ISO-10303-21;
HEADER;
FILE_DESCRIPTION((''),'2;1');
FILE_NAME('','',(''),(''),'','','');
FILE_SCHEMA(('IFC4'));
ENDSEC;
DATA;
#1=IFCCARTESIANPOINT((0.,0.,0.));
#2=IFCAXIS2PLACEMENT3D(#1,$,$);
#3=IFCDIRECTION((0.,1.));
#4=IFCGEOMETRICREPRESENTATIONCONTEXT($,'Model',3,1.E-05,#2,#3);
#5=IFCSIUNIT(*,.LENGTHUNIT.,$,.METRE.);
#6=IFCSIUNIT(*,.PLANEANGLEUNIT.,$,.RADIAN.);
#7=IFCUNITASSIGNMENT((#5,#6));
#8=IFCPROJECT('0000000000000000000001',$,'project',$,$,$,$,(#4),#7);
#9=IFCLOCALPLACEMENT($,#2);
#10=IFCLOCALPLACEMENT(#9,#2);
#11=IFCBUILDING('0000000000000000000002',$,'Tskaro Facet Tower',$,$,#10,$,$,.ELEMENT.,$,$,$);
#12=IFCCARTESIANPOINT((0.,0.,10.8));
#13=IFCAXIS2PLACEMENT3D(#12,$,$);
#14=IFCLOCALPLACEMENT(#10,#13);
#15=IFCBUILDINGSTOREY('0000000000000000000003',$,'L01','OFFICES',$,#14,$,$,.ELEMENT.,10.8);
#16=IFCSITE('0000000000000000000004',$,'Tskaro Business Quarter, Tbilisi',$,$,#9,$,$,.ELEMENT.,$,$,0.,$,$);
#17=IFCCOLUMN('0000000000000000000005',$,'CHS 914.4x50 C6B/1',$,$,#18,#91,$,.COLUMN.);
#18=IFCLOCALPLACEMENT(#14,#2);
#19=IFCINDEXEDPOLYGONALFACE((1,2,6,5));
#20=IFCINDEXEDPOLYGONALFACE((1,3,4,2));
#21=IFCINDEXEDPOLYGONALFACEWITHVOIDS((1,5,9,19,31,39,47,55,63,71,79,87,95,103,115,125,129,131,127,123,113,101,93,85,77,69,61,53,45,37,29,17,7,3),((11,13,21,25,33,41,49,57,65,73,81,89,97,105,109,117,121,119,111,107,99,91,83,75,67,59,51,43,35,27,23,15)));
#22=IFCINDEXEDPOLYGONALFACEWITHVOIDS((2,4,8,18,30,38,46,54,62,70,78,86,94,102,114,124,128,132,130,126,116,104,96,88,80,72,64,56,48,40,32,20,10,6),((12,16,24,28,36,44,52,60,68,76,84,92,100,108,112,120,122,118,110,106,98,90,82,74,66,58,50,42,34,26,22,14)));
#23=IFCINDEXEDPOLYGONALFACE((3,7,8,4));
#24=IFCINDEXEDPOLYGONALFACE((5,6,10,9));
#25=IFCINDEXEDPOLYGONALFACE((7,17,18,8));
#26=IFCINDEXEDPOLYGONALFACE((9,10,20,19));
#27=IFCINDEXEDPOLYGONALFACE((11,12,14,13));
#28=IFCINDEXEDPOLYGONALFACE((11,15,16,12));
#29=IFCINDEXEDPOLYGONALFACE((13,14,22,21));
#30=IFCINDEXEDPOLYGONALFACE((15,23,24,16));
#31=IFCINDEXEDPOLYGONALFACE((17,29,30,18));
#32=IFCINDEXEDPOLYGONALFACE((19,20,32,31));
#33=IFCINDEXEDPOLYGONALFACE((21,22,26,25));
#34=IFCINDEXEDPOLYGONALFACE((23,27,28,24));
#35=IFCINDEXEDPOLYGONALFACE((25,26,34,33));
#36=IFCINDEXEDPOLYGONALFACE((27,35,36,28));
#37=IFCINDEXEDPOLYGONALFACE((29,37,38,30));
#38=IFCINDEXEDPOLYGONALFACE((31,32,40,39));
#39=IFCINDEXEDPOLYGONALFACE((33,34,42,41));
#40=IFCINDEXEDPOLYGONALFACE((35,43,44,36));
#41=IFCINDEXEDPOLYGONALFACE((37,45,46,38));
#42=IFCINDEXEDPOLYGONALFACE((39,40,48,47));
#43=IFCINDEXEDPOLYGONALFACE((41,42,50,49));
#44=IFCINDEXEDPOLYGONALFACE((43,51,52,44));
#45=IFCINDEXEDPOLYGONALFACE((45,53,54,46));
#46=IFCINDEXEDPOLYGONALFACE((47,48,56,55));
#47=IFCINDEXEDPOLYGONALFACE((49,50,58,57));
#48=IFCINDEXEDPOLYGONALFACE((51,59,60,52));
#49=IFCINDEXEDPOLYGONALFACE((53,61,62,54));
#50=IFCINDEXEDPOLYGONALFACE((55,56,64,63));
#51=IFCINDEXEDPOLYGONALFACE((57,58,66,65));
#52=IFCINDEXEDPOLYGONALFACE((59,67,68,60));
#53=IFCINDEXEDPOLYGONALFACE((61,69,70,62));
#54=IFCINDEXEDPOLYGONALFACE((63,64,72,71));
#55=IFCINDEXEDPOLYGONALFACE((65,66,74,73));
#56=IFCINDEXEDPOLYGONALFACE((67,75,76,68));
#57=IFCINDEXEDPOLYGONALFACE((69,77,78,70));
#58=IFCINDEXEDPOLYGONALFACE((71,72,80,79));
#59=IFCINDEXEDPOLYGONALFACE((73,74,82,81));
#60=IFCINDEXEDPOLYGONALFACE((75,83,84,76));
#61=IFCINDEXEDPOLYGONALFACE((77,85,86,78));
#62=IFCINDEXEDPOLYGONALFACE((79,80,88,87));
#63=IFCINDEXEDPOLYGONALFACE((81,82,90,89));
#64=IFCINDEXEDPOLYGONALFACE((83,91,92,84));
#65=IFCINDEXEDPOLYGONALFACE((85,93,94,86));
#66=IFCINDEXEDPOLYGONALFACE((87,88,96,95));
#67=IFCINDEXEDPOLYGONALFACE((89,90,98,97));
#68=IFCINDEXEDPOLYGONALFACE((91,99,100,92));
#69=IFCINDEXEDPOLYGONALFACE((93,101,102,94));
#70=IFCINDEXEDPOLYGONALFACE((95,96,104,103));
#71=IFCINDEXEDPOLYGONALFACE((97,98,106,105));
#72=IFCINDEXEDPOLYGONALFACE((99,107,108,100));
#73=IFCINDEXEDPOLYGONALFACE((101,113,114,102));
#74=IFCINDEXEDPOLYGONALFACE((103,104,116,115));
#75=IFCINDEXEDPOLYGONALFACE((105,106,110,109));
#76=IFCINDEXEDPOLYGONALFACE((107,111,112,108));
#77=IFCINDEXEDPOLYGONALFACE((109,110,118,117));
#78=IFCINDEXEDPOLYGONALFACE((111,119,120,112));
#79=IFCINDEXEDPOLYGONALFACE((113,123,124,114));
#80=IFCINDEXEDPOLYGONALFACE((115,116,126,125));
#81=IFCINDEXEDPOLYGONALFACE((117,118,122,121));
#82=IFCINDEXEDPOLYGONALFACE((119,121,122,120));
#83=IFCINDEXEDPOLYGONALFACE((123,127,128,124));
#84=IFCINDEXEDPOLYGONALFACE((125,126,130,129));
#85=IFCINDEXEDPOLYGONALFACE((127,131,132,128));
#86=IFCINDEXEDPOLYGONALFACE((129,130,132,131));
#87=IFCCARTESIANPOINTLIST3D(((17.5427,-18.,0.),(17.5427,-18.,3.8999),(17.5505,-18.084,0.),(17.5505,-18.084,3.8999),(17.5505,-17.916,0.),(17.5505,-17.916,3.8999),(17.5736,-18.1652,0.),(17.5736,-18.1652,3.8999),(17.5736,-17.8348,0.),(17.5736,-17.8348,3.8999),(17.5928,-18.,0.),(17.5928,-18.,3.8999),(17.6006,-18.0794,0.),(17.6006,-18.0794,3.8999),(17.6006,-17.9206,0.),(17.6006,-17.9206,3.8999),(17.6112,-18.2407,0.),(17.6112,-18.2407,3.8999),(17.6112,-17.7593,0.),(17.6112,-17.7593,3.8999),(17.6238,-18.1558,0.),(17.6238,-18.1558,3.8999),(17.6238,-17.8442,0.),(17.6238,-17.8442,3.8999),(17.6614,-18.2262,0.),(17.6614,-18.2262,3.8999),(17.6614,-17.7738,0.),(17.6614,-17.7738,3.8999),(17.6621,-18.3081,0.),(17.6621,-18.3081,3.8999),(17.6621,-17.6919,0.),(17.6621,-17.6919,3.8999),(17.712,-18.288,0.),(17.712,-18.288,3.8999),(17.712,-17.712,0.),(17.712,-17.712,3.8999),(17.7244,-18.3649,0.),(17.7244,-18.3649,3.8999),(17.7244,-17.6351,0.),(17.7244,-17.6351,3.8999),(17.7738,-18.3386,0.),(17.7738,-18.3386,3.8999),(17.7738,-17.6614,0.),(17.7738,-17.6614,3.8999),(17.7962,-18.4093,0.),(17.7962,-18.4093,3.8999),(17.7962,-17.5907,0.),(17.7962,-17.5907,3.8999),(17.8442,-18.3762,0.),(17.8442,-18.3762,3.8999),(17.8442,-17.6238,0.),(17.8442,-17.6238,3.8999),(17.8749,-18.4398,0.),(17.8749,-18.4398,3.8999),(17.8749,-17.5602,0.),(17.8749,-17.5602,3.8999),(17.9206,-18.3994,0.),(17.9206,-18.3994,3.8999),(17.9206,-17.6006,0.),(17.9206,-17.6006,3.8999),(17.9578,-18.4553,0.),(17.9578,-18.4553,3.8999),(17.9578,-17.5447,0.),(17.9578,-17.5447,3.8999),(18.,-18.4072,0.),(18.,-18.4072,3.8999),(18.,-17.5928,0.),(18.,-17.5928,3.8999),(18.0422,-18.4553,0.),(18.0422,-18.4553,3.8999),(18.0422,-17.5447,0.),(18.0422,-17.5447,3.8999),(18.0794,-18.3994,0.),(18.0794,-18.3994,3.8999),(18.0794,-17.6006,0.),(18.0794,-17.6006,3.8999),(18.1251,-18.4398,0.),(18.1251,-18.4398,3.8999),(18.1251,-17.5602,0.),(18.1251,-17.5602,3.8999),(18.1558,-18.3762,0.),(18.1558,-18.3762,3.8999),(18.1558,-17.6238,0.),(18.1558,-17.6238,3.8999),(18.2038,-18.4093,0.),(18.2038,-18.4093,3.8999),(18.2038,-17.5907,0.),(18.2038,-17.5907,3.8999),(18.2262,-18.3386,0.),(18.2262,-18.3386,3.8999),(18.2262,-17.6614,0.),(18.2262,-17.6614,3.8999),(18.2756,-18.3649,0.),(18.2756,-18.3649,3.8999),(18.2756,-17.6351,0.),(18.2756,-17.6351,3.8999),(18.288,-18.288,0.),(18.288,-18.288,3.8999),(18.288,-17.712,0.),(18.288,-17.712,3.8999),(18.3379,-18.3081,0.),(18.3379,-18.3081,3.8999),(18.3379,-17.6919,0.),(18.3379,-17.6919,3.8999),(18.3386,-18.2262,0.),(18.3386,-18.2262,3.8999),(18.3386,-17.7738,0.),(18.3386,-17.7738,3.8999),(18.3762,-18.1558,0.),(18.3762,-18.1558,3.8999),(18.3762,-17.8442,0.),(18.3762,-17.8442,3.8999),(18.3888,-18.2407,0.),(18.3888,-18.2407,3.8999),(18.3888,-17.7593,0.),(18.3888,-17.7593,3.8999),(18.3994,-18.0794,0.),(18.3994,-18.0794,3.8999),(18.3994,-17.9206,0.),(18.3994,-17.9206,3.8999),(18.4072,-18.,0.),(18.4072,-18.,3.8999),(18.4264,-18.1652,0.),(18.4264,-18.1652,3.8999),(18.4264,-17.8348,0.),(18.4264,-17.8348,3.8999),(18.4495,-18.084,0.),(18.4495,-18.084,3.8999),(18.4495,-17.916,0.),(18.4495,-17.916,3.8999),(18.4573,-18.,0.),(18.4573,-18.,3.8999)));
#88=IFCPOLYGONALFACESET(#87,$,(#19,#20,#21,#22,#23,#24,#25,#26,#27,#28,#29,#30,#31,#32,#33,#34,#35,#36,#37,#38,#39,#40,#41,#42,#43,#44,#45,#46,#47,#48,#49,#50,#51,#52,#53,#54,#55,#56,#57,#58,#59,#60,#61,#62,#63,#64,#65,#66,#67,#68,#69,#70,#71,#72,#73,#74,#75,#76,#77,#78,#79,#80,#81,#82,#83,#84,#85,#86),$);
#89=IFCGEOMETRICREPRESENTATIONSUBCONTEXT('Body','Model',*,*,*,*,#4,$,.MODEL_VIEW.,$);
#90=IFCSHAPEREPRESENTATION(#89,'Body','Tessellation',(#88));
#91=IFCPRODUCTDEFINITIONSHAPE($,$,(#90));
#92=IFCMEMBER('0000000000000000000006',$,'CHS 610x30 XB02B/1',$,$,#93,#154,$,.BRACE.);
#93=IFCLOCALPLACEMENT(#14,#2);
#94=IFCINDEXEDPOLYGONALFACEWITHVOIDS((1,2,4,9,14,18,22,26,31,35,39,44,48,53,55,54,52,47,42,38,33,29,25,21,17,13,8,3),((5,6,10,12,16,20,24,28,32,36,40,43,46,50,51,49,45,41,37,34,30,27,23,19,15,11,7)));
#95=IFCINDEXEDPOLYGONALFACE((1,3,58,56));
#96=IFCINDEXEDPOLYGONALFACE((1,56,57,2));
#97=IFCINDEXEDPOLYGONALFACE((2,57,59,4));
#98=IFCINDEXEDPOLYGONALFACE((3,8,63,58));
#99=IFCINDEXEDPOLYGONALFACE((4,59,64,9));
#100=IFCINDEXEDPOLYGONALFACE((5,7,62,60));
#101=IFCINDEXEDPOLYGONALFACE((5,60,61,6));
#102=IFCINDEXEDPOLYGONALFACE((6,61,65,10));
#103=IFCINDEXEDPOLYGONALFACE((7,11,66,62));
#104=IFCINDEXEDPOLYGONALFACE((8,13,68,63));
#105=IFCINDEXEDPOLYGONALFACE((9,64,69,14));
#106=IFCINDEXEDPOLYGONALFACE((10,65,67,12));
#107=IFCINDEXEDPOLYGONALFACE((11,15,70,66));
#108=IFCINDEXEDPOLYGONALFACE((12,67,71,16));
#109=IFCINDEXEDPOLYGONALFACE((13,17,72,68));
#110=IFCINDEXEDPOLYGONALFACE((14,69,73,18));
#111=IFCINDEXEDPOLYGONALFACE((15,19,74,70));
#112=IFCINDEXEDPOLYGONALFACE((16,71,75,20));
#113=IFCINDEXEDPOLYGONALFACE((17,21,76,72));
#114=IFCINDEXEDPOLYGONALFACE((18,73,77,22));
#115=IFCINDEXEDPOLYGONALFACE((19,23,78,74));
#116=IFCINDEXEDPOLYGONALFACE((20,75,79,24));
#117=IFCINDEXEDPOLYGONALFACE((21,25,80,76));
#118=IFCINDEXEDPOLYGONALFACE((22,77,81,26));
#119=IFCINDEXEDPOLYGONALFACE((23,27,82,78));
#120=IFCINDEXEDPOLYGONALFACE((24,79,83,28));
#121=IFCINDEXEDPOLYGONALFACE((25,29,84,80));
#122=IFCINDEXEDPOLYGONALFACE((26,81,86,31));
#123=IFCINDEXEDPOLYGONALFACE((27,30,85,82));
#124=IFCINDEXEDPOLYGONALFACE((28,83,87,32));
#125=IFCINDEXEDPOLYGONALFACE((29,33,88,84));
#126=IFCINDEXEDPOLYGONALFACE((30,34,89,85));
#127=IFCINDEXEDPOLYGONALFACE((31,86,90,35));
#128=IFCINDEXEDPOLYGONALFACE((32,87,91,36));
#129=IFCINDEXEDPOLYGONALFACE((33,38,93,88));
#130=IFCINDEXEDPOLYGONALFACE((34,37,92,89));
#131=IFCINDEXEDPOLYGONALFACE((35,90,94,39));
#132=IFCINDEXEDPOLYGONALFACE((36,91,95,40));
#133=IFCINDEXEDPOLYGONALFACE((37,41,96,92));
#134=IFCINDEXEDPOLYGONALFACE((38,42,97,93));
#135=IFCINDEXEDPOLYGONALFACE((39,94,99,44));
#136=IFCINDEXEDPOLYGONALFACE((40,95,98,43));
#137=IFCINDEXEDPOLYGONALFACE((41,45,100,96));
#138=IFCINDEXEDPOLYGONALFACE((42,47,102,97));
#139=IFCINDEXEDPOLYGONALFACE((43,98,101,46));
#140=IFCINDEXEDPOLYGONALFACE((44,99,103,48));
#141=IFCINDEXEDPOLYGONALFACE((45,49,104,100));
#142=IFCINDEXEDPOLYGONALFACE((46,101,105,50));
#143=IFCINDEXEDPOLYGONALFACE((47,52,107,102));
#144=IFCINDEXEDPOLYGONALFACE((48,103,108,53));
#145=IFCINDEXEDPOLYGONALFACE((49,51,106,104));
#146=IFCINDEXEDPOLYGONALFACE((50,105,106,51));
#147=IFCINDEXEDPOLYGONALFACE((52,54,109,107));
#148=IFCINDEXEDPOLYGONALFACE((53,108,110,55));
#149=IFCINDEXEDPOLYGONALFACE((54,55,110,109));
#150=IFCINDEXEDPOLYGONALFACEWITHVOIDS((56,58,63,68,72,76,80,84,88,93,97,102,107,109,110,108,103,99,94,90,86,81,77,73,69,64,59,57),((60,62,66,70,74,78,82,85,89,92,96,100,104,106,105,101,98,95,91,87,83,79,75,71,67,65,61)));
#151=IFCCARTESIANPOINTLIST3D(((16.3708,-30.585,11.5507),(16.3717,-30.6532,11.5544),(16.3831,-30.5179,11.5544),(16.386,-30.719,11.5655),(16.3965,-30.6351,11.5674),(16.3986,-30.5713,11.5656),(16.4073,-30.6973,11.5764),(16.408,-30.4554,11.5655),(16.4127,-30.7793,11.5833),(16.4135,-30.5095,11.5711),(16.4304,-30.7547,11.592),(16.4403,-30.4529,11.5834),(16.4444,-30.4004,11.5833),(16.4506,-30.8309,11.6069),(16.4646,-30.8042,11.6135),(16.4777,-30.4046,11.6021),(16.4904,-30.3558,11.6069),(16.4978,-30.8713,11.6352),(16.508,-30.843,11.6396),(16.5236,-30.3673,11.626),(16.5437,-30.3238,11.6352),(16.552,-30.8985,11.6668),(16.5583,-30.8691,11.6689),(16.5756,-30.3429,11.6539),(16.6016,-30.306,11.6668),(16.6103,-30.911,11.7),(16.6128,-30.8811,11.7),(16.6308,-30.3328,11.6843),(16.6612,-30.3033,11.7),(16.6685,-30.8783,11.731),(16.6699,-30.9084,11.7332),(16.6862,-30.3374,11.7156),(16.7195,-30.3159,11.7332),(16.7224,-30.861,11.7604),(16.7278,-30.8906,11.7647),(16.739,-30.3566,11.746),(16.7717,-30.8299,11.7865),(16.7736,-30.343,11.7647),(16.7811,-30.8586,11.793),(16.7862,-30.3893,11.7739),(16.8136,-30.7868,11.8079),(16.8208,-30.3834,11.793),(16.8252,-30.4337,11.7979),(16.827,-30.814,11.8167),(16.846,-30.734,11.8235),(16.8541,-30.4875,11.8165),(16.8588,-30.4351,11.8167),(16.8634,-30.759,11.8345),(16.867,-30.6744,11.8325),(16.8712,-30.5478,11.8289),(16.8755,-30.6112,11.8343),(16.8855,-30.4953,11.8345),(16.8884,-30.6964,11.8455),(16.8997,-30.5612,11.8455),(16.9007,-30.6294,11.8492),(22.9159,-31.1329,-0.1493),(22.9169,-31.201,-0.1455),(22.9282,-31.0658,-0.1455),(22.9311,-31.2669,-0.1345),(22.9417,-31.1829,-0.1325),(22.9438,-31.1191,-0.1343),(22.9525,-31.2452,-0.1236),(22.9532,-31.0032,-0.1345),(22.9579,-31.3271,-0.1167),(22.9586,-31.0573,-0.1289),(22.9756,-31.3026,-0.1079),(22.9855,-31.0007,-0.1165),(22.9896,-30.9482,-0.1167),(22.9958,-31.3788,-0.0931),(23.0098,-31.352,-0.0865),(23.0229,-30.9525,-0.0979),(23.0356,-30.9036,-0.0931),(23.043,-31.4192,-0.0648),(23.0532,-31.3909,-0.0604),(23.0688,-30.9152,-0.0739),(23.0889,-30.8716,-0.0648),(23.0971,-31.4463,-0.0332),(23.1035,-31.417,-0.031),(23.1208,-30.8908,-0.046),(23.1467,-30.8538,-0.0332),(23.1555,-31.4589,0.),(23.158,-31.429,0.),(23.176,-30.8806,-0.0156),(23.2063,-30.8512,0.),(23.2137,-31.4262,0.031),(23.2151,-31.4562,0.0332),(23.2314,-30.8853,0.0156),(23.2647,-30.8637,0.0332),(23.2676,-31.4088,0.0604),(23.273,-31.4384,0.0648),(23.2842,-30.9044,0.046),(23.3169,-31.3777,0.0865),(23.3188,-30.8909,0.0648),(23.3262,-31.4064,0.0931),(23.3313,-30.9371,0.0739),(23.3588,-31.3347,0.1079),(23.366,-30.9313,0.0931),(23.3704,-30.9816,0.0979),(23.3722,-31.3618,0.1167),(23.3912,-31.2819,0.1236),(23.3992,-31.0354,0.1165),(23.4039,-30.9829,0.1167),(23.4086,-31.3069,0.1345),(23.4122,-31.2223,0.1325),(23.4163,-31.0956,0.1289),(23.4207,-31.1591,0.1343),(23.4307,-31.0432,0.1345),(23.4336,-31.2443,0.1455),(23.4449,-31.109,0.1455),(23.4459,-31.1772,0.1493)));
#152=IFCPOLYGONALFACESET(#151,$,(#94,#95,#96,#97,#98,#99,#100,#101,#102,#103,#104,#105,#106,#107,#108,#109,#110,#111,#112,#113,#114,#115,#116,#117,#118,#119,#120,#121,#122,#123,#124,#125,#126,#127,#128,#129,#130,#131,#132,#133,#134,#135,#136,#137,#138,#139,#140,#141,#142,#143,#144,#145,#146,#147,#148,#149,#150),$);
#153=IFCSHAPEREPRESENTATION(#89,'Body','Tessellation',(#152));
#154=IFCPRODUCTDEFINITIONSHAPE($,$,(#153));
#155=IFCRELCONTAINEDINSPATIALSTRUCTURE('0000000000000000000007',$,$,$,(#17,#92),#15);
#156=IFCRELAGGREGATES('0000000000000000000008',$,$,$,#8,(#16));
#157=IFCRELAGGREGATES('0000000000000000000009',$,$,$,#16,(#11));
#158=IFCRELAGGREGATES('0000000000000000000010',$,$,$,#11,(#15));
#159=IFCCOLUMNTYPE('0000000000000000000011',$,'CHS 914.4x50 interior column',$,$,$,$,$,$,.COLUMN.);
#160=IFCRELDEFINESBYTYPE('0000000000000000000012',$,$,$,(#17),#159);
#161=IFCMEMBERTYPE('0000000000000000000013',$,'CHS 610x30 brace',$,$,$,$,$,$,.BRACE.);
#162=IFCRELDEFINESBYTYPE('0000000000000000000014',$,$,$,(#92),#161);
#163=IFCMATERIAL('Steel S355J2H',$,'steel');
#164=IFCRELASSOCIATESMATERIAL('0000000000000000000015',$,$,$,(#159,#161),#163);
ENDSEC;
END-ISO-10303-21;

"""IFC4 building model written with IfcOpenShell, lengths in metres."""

from ifc_helpers import new_model, si_unit, direction, frame, origin, origin_2d, place, context, subcontext, project, spatial, hollow_circle, extrude, material, material_profile, profile_set, type_object, element, save


model = new_model("IFC4")

# Units and contexts
model_context = context("Model", 3, precision=1e-05, world=origin(), true_north=direction((0.0, 1.0)))
body_context = subcontext(model_context, "Body", "Model", "MODEL_VIEW")
ifc_project = project(units=[si_unit("LENGTHUNIT", "METRE"), si_unit("PLANEANGLEUNIT", "RADIAN")], contexts=[model_context])

# Site, building, storey
site_placement = place(None, origin())
site = spatial("IfcSite", under=ifc_project, at=site_placement, Name="Tskaro Business Quarter, Tbilisi", CompositionType="ELEMENT", RefElevation=0.0)
building_placement = place(site_placement, origin())
building = spatial("IfcBuilding", under=site, at=building_placement, Name="Tskaro Facet Tower", CompositionType="ELEMENT")
storey_placement = place(building_placement, frame((0.0, 0.0, 10.8)))
storey = spatial("IfcBuildingStorey", under=building, at=storey_placement, Name="L01", Description="OFFICES", CompositionType="ELEMENT", Elevation=10.8)

# Column
ifc_material_1 = material(Name="Steel S355J2H", Category="steel")
ifc_material_profile_1 = material_profile(ifc_material_1, hollow_circle(Radius=0.4573, WallThickness=0.05, at=origin_2d()), Name="CHS 914.4x50")
ifc_profile_set_1 = profile_set([ifc_material_profile_1], Name="Steel S355J2H")
column_type_1 = type_object("IfcColumnType", Name="CHS 914.4x50 interior column", PredefinedType="COLUMN", material=ifc_profile_set_1)
column_placement = place(storey_placement, frame((18.0, -18.0, 0.0), z_axis=(0.0, 0.0, 1.0), x_axis=(1.0, 0.0, 0.0)))
element("IfcColumn", 1, at=column_placement, inside=storey, type_object=column_type_1, Name="CHS 914.4x50 C6B/1", PredefinedType="COLUMN", context=body_context, shape_type="SweptSolid", body=[
    extrude(hollow_circle(Radius=0.4573, WallThickness=0.05, at=origin_2d()), origin(), (0.0, 0.0, 1.0), 3.8999),
])

# Member
ifc_material_profile_2 = material_profile(ifc_material_1, hollow_circle(Radius=0.3049, WallThickness=0.03, at=origin_2d()), Name="CHS 610x30")
ifc_profile_set_2 = profile_set([ifc_material_profile_2], Name="Steel S355J2H")
member_type_1 = type_object("IfcMemberType", Name="CHS 610x30 brace", PredefinedType="BRACE", material=ifc_profile_set_2)
member_1_placement = place(storey_placement, frame((23.1809, -31.155, 0.0), z_axis=(-0.48781, 0.040831, 0.871995), x_axis=(-0.083412, -0.996515, 0.0)))
element("IfcMember", 2, at=member_1_placement, inside=storey, type_object=member_type_1, Name="CHS 610x30 XB02B/1", PredefinedType="BRACE", context=body_context, shape_type="SweptSolid", body=[
    extrude(hollow_circle(Radius=0.3049, WallThickness=0.03, at=origin_2d()), origin(), (0.0, 0.0, 1.0), 13.4175),
])

save(model, "model.ifc")
